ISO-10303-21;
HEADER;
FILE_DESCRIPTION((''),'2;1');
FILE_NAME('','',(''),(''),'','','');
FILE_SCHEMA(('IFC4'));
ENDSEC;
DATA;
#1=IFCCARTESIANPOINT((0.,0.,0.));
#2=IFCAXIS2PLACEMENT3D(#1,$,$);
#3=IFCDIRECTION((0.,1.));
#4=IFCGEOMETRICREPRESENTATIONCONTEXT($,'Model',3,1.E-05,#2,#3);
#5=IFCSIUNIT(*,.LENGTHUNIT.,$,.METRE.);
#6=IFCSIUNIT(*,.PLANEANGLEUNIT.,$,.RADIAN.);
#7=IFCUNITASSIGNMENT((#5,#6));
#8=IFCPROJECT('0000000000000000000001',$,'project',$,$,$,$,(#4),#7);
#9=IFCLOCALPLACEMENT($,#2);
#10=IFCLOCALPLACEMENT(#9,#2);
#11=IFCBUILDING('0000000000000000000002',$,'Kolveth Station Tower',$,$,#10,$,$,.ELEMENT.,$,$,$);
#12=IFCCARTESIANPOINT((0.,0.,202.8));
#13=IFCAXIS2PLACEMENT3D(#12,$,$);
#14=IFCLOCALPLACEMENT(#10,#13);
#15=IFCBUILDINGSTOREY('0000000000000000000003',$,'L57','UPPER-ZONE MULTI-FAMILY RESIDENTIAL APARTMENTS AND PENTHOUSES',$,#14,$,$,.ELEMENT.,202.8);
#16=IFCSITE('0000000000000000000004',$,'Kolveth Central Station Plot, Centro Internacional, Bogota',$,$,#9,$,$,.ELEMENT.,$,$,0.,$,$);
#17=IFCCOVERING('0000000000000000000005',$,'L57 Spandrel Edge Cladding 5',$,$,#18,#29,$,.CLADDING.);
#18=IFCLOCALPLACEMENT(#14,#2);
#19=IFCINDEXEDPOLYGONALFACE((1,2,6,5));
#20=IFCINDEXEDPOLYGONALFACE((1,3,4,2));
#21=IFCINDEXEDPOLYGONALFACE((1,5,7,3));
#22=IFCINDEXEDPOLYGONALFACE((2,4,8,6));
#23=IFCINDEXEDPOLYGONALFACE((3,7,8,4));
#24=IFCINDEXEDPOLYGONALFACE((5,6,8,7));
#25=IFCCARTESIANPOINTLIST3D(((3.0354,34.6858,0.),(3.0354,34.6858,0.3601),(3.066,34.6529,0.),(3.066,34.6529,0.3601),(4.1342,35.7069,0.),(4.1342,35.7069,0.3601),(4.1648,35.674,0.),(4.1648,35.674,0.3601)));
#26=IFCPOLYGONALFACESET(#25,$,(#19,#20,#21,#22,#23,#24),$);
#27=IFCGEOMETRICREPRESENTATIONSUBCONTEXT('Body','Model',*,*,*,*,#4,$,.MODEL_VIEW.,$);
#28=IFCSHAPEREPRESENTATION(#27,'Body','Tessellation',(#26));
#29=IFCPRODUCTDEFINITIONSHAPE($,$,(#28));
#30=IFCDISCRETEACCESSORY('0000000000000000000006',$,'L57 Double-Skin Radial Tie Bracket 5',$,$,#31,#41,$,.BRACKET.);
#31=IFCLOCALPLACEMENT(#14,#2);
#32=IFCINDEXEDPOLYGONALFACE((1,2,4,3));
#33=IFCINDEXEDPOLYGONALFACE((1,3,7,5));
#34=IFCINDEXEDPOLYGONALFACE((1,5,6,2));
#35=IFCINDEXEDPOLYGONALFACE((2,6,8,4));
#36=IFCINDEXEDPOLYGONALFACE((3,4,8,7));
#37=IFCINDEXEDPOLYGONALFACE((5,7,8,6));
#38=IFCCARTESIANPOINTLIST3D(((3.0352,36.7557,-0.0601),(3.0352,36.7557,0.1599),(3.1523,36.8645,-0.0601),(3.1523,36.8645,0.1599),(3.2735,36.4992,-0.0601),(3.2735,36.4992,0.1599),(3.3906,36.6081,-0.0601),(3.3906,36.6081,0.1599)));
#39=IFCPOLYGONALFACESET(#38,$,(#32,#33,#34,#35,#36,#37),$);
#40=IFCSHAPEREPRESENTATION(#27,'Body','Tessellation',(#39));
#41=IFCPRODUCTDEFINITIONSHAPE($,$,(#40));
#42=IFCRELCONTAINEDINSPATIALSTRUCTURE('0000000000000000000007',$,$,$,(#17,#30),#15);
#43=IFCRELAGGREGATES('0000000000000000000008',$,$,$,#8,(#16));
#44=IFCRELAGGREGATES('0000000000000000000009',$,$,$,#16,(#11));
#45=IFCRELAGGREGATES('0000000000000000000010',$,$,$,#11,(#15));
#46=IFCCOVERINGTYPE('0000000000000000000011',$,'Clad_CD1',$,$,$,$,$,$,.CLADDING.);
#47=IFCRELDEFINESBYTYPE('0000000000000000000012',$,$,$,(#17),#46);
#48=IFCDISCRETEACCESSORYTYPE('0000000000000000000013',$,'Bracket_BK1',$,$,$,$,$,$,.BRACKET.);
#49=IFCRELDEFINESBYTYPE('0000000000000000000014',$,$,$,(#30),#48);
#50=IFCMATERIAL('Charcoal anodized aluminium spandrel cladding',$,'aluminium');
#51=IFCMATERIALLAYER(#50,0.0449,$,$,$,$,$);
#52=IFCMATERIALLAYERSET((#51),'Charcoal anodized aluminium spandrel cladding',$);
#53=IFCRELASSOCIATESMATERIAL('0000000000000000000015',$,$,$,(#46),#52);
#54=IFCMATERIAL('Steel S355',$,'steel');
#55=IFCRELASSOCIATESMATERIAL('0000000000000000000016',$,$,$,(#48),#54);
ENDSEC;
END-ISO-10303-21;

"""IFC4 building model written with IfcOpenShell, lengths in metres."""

from ifc_helpers import new_model, si_unit, direction, frame, origin, origin_2d, place, context, subcontext, project, spatial, rectangle, extrude, source, transform, mapped, material, layer, layer_set, type_object, element, save


model = new_model("IFC4")

# Units and contexts
model_context = context("Model", 3, precision=1e-05, world=origin(), true_north=direction((0.0, 1.0)))
body_context = subcontext(model_context, "Body", "Model", "MODEL_VIEW")
ifc_project = project(units=[si_unit("LENGTHUNIT", "METRE"), si_unit("PLANEANGLEUNIT", "RADIAN")], contexts=[model_context])

# Site, building, storey
site_placement = place(None, origin())
site = spatial("IfcSite", under=ifc_project, at=site_placement, Name="Kolveth Central Station Plot, Centro Internacional, Bogota", CompositionType="ELEMENT", RefElevation=0.0)
building_placement = place(site_placement, origin())
building = spatial("IfcBuilding", under=site, at=building_placement, Name="Kolveth Station Tower", CompositionType="ELEMENT")
storey_placement = place(building_placement, frame((0.0, 0.0, 202.8)))
storey = spatial("IfcBuildingStorey", under=building, at=storey_placement, Name="L57", Description="UPPER-ZONE MULTI-FAMILY RESIDENTIAL APARTMENTS AND PENTHOUSES", CompositionType="ELEMENT", Elevation=202.8)

# Shared definitions
ifc_material_1 = material(Name="Steel S355", Category="steel")

# Covering
ifc_material_2 = material(Name="Charcoal anodized aluminium spandrel cladding", Category="aluminium")
ifc_layer_1 = layer(ifc_material_2, 0.0449)
ifc_layer_set_1 = layer_set([ifc_layer_1], Name="Charcoal anodized aluminium spandrel cladding")
covering_type = type_object("IfcCoveringType", Name="Clad_CD1", PredefinedType="CLADDING", material=ifc_layer_set_1)
shared_shape_1 = source(origin(), body_context, "Body", "SweptSolid", [
    extrude(rectangle(XDim=1.5, YDim=0.0449, at=origin_2d()), origin(), (0.0, 0.0, 1.0), 0.3601),
])
covering_placement = place(storey_placement, frame((3.6001, 35.1799, 0.0), z_axis=(0.0, 0.0, 1.0), x_axis=(-0.732543, -0.680721, 0.0)))
element("IfcCovering", 1, at=covering_placement, inside=storey, type_object=covering_type, Name="L57 Spandrel Edge Cladding 5", PredefinedType="CLADDING", context=body_context, shape_type="MappedRepresentation", body=[
    mapped(shared_shape_1, transform((0.0, 0.0, 0.0), x_axis=(1.0, 0.0, 0.0), y_axis=(0.0, 1.0, 0.0), z_axis=(0.0, 0.0, 1.0), scale=1.0)),
])

# Discrete accessory
discrete_accessory_type = type_object("IfcDiscreteAccessoryType", Name="Bracket_BK1", PredefinedType="BRACKET", material=ifc_material_1)
shared_shape_2 = source(origin(), body_context, "Body", "SweptSolid", [
    extrude(rectangle(XDim=0.3501, YDim=0.1599, at=origin_2d()), origin(), (0.0, 0.0, 1.0), 0.22),
])
discrete_accessory_placement = place(storey_placement, frame((3.2129, 36.6819, -0.0601), z_axis=(0.0, 0.0, 1.0), x_axis=(-0.680721, 0.732543, 0.0)))
element("IfcDiscreteAccessory", 2, at=discrete_accessory_placement, inside=storey, type_object=discrete_accessory_type, Name="L57 Double-Skin Radial Tie Bracket 5", PredefinedType="BRACKET", context=body_context, shape_type="MappedRepresentation", body=[
    mapped(shared_shape_2, transform((0.0, 0.0, 0.0), x_axis=(1.0, 0.0, 0.0), y_axis=(0.0, 1.0, 0.0), z_axis=(0.0, 0.0, 1.0), scale=1.0)),
])

save(model, "model.ifc")
